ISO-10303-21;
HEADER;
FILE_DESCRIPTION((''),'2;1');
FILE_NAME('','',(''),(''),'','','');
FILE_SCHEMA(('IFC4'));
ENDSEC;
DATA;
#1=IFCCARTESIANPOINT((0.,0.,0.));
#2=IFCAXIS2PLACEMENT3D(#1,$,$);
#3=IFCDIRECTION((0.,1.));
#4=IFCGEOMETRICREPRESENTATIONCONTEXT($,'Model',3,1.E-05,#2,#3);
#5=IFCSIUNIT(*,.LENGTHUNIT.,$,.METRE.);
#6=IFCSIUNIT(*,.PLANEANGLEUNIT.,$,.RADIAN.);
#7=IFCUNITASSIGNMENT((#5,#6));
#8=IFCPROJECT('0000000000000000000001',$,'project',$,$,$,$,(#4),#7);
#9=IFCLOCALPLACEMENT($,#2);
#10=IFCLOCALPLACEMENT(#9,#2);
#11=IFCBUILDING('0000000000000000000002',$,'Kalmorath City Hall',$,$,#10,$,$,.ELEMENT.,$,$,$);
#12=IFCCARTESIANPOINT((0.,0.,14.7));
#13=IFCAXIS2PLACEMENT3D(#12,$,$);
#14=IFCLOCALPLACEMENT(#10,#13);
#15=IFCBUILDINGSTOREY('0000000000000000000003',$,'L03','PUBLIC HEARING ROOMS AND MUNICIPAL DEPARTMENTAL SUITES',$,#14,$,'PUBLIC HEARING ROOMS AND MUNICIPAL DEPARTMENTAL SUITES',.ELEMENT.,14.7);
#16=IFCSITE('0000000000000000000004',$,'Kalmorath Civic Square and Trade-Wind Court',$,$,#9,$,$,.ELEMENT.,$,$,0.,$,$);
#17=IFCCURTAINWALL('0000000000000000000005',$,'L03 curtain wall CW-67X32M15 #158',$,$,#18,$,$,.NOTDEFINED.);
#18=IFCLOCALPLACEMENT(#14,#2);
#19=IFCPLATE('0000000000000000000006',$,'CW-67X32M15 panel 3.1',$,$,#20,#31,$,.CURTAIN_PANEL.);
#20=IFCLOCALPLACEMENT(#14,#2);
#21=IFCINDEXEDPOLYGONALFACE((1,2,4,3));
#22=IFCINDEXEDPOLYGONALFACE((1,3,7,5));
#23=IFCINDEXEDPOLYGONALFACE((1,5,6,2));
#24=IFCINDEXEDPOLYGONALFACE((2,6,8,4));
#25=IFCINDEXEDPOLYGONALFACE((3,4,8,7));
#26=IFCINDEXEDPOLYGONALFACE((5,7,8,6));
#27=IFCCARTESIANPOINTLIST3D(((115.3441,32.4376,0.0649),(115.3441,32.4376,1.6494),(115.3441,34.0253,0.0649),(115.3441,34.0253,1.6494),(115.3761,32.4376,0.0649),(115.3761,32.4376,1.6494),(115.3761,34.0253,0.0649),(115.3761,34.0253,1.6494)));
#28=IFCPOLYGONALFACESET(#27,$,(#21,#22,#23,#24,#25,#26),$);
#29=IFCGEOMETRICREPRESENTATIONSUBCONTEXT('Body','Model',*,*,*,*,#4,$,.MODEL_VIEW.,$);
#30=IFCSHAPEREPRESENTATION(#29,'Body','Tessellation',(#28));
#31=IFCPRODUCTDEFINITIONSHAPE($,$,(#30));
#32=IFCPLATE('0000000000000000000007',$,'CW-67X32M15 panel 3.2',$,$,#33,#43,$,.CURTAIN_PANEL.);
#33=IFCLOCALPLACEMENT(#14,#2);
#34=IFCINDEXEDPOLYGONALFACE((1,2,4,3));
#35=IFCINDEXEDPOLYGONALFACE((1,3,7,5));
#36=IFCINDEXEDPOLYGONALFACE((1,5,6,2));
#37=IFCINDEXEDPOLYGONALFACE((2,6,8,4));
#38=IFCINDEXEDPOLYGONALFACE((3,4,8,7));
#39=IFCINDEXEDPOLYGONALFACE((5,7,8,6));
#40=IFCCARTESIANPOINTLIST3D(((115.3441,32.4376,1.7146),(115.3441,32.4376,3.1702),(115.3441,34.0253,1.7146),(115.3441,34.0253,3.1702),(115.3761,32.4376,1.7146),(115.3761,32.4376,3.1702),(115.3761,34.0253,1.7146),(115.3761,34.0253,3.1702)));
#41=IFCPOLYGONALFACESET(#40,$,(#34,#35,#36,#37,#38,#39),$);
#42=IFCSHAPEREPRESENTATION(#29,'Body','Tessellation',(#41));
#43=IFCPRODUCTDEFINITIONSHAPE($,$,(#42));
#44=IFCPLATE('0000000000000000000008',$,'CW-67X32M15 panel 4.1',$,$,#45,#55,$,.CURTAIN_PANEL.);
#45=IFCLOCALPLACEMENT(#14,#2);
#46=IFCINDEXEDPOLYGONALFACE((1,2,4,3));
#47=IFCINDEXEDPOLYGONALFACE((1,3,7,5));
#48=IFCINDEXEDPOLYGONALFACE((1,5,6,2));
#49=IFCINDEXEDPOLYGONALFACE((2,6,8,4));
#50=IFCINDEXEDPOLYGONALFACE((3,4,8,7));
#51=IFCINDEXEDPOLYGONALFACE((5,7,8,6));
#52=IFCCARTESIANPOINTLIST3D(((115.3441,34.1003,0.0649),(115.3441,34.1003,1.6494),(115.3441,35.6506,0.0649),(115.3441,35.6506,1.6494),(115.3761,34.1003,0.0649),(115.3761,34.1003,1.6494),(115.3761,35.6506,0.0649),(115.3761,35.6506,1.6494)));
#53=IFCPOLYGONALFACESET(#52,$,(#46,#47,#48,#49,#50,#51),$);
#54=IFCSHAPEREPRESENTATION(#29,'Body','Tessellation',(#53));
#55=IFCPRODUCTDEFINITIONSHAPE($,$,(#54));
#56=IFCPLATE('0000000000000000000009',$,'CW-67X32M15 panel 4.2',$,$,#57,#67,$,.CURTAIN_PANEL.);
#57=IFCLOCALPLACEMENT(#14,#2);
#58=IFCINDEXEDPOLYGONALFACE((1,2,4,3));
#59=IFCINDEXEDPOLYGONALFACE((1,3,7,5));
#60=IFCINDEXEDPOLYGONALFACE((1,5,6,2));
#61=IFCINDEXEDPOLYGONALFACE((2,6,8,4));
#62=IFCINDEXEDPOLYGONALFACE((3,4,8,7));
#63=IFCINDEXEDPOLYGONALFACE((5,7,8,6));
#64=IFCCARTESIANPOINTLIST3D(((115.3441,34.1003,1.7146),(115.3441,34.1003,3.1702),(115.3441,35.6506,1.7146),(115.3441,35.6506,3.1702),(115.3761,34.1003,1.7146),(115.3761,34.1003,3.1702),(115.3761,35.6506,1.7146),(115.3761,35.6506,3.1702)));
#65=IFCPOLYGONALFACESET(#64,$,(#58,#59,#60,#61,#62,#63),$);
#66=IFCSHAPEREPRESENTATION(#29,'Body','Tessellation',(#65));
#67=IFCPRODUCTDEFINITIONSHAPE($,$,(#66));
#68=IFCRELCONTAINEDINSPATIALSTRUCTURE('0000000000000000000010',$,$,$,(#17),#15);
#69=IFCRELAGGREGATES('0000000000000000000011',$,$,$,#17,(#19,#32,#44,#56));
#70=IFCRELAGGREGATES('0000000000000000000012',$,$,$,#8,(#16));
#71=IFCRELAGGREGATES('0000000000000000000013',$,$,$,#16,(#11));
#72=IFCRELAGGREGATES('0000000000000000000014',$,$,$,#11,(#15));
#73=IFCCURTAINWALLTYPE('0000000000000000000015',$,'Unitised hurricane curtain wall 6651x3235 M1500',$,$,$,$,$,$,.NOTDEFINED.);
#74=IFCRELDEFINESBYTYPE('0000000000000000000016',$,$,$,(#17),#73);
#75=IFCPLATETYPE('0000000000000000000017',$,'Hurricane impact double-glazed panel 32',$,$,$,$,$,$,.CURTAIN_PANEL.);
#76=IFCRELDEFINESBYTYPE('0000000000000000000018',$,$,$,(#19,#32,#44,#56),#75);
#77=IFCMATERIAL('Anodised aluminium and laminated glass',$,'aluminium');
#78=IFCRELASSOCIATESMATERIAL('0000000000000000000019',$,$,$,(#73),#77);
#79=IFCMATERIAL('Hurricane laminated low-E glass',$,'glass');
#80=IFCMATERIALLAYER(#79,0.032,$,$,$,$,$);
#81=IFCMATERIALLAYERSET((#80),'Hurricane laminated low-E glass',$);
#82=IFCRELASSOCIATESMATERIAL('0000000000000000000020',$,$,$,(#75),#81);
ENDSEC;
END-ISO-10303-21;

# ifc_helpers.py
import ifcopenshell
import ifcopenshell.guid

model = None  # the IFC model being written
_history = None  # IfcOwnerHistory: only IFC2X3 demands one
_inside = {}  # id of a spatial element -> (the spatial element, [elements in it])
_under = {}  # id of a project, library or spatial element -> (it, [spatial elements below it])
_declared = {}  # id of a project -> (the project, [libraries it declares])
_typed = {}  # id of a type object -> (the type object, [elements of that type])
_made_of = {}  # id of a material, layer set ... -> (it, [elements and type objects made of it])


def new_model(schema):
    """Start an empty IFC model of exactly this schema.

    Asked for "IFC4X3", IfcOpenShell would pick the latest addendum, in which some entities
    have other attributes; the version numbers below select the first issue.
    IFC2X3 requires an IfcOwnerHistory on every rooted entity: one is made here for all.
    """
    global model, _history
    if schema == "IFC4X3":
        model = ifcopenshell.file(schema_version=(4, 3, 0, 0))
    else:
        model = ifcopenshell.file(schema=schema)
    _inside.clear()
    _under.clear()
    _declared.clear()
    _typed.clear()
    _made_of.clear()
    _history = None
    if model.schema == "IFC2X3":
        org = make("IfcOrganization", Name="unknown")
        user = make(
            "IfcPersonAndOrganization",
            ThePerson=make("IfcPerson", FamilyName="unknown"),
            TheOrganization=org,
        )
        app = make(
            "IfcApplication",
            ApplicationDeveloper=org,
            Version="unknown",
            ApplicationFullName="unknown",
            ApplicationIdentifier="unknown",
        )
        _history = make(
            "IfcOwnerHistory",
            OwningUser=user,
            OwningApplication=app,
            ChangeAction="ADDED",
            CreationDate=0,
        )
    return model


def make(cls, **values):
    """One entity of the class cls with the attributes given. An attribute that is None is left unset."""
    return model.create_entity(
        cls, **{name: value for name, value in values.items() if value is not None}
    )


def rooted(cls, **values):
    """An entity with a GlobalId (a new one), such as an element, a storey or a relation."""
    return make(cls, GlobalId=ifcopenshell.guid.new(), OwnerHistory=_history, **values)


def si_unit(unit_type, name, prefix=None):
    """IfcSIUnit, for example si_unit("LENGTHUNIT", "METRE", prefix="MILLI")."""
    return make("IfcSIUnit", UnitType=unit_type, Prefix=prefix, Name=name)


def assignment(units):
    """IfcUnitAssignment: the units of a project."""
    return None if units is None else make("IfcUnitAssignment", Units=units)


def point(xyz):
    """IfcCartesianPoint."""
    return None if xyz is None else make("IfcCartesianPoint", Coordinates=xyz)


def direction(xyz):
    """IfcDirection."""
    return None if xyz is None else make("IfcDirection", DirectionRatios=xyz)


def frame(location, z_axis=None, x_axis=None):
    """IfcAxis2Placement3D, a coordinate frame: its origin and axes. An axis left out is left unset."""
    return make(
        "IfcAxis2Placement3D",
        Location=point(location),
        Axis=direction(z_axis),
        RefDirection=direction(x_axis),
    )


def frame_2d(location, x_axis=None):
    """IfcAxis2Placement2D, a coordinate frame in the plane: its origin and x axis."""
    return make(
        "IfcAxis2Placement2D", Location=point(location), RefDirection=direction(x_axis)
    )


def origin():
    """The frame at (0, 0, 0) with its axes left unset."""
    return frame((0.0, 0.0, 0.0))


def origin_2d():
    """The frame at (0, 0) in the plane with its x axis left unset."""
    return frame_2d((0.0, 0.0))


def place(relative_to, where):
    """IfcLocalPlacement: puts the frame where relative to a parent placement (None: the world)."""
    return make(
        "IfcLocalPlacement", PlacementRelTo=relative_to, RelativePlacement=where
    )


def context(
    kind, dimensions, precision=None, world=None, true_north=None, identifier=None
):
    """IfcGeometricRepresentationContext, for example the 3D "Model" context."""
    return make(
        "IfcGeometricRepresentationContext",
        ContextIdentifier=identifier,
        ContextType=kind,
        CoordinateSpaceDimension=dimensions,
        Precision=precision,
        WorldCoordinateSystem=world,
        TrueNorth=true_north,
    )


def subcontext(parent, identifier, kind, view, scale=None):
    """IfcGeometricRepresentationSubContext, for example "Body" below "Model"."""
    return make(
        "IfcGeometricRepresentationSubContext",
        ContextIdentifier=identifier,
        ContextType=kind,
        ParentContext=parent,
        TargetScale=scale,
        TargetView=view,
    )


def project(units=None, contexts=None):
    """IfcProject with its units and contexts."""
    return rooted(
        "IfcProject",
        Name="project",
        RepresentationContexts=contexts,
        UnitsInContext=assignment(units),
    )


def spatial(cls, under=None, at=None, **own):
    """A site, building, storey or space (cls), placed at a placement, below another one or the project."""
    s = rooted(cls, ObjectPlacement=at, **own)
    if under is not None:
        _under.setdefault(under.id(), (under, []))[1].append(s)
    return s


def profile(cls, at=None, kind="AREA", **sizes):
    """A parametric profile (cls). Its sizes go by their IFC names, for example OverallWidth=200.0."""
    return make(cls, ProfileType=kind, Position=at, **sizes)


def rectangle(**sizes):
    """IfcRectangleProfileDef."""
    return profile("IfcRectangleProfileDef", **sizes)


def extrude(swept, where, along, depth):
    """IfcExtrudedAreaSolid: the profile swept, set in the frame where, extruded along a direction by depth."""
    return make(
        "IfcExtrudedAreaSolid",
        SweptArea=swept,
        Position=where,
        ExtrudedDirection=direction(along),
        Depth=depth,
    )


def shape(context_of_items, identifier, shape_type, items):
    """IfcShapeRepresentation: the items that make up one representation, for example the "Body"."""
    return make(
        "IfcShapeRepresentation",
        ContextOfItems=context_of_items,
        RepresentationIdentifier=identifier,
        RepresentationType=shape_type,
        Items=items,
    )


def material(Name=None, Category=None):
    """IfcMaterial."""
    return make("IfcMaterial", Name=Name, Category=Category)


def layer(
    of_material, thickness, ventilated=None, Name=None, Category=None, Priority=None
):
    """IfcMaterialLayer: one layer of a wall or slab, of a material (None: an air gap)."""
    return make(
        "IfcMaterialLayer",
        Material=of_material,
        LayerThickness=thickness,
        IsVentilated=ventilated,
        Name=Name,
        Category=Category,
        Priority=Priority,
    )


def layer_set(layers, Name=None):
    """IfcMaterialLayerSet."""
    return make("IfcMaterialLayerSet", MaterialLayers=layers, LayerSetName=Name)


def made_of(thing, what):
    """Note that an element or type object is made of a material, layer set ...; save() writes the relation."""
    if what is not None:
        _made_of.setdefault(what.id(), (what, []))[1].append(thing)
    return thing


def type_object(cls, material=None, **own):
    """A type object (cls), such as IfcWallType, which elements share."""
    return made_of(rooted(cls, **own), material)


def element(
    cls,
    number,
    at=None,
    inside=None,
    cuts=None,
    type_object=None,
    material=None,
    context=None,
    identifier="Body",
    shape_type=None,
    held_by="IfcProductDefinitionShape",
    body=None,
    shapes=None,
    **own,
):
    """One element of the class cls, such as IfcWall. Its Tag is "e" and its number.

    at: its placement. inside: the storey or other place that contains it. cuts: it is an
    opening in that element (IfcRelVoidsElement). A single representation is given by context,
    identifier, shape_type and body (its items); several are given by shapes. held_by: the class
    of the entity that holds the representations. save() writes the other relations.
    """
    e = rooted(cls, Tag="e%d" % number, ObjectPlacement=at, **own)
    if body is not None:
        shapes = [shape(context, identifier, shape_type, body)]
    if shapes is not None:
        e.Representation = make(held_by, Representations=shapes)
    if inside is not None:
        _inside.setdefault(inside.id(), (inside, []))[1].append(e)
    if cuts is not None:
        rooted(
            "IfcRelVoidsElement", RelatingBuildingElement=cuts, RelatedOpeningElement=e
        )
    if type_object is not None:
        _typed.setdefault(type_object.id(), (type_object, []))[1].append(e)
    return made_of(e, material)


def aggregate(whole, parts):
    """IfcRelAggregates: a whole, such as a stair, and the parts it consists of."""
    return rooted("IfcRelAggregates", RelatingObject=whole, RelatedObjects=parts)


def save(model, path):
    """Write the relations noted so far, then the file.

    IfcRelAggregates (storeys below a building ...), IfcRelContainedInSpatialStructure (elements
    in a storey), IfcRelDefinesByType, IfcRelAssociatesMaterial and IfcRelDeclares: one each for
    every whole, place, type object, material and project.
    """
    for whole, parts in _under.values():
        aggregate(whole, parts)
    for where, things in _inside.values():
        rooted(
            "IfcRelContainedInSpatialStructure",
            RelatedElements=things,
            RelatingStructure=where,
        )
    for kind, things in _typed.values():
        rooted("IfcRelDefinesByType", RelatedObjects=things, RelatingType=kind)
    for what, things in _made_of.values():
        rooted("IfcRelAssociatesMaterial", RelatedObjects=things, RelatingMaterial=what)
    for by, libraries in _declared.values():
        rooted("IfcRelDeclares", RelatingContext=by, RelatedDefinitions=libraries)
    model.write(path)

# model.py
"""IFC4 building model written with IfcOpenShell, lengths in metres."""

from ifc_helpers import new_model, si_unit, direction, frame, origin, origin_2d, place, context, subcontext, project, spatial, rectangle, extrude, material, layer, layer_set, type_object, element, aggregate, save


model = new_model("IFC4")

# Units and contexts
model_context = context("Model", 3, precision=1e-05, world=origin(), true_north=direction((0.0, 1.0)))
body_context = subcontext(model_context, "Body", "Model", "MODEL_VIEW")
ifc_project = project(units=[si_unit("LENGTHUNIT", "METRE"), si_unit("PLANEANGLEUNIT", "RADIAN")], contexts=[model_context])

# Site, building, storey
site_placement = place(None, origin())
site = spatial("IfcSite", under=ifc_project, at=site_placement, Name="Kalmorath Civic Square and Trade-Wind Court", CompositionType="ELEMENT", RefElevation=0.0)
building_placement = place(site_placement, origin())
building = spatial("IfcBuilding", under=site, at=building_placement, Name="Kalmorath City Hall", CompositionType="ELEMENT")
storey_placement = place(building_placement, frame((0.0, 0.0, 14.7)))
storey = spatial("IfcBuildingStorey", under=building, at=storey_placement, Name="L03", Description="PUBLIC HEARING ROOMS AND MUNICIPAL DEPARTMENTAL SUITES", LongName="PUBLIC HEARING ROOMS AND MUNICIPAL DEPARTMENTAL SUITES", CompositionType="ELEMENT", Elevation=14.7)

# Curtain wall, plates
ifc_material_1 = material(Name="Anodised aluminium and laminated glass", Category="aluminium")
curtain_wall_type = type_object("IfcCurtainWallType", Name="Unitised hurricane curtain wall 6651x3235 M1500", PredefinedType="NOTDEFINED", material=ifc_material_1)
curtain_wall_placement = place(storey_placement, origin())
curtain_wall = element("IfcCurtainWall", 1, at=curtain_wall_placement, inside=storey, type_object=curtain_wall_type, Name="L03 curtain wall CW-67X32M15 #158", PredefinedType="NOTDEFINED")
ifc_material_2 = material(Name="Hurricane laminated low-E glass", Category="glass")
ifc_layer = layer(ifc_material_2, 0.032)
ifc_layer_set = layer_set([ifc_layer], Name="Hurricane laminated low-E glass")
plate_type = type_object("IfcPlateType", Name="Hurricane impact double-glazed panel 32", PredefinedType="CURTAIN_PANEL", material=ifc_layer_set)
plate_1_placement = place(storey_placement, frame((115.3601, 33.2314, 0.0649), z_axis=(0.0, 0.0, 1.0), x_axis=(0.0, 1.0, 0.0)))
plate_1 = element("IfcPlate", 2, at=plate_1_placement, type_object=plate_type, Name="CW-67X32M15 panel 3.1", PredefinedType="CURTAIN_PANEL", context=body_context, shape_type="SweptSolid", body=[
    extrude(rectangle(XDim=1.5876, YDim=0.032, at=origin_2d()), origin(), (0.0, 0.0, 1.0), 1.5845),
])
plate_2_placement = place(storey_placement, frame((115.3601, 33.2314, 1.7146), z_axis=(0.0, 0.0, 1.0), x_axis=(0.0, 1.0, 0.0)))
plate_2 = element("IfcPlate", 3, at=plate_2_placement, type_object=plate_type, Name="CW-67X32M15 panel 3.2", PredefinedType="CURTAIN_PANEL", context=body_context, shape_type="SweptSolid", body=[
    extrude(rectangle(XDim=1.5876, YDim=0.032, at=origin_2d()), origin(), (0.0, 0.0, 1.0), 1.4556),
])
plate_3_placement = place(storey_placement, frame((115.3601, 34.8755, 0.0649), z_axis=(0.0, 0.0, 1.0), x_axis=(0.0, 1.0, 0.0)))
plate_3 = element("IfcPlate", 4, at=plate_3_placement, type_object=plate_type, Name="CW-67X32M15 panel 4.1", PredefinedType="CURTAIN_PANEL", context=body_context, shape_type="SweptSolid", body=[
    extrude(rectangle(XDim=1.5503, YDim=0.032, at=origin_2d()), origin(), (0.0, 0.0, 1.0), 1.5845),
])
plate_4_placement = place(storey_placement, frame((115.3601, 34.8755, 1.7146), z_axis=(0.0, 0.0, 1.0), x_axis=(0.0, 1.0, 0.0)))
plate_4 = element("IfcPlate", 5, at=plate_4_placement, type_object=plate_type, Name="CW-67X32M15 panel 4.2", PredefinedType="CURTAIN_PANEL", context=body_context, shape_type="SweptSolid", body=[
    extrude(rectangle(XDim=1.5503, YDim=0.032, at=origin_2d()), origin(), (0.0, 0.0, 1.0), 1.4556),
])
aggregate(curtain_wall, [plate_1, plate_2, plate_3, plate_4])

save(model, "model.ifc")
